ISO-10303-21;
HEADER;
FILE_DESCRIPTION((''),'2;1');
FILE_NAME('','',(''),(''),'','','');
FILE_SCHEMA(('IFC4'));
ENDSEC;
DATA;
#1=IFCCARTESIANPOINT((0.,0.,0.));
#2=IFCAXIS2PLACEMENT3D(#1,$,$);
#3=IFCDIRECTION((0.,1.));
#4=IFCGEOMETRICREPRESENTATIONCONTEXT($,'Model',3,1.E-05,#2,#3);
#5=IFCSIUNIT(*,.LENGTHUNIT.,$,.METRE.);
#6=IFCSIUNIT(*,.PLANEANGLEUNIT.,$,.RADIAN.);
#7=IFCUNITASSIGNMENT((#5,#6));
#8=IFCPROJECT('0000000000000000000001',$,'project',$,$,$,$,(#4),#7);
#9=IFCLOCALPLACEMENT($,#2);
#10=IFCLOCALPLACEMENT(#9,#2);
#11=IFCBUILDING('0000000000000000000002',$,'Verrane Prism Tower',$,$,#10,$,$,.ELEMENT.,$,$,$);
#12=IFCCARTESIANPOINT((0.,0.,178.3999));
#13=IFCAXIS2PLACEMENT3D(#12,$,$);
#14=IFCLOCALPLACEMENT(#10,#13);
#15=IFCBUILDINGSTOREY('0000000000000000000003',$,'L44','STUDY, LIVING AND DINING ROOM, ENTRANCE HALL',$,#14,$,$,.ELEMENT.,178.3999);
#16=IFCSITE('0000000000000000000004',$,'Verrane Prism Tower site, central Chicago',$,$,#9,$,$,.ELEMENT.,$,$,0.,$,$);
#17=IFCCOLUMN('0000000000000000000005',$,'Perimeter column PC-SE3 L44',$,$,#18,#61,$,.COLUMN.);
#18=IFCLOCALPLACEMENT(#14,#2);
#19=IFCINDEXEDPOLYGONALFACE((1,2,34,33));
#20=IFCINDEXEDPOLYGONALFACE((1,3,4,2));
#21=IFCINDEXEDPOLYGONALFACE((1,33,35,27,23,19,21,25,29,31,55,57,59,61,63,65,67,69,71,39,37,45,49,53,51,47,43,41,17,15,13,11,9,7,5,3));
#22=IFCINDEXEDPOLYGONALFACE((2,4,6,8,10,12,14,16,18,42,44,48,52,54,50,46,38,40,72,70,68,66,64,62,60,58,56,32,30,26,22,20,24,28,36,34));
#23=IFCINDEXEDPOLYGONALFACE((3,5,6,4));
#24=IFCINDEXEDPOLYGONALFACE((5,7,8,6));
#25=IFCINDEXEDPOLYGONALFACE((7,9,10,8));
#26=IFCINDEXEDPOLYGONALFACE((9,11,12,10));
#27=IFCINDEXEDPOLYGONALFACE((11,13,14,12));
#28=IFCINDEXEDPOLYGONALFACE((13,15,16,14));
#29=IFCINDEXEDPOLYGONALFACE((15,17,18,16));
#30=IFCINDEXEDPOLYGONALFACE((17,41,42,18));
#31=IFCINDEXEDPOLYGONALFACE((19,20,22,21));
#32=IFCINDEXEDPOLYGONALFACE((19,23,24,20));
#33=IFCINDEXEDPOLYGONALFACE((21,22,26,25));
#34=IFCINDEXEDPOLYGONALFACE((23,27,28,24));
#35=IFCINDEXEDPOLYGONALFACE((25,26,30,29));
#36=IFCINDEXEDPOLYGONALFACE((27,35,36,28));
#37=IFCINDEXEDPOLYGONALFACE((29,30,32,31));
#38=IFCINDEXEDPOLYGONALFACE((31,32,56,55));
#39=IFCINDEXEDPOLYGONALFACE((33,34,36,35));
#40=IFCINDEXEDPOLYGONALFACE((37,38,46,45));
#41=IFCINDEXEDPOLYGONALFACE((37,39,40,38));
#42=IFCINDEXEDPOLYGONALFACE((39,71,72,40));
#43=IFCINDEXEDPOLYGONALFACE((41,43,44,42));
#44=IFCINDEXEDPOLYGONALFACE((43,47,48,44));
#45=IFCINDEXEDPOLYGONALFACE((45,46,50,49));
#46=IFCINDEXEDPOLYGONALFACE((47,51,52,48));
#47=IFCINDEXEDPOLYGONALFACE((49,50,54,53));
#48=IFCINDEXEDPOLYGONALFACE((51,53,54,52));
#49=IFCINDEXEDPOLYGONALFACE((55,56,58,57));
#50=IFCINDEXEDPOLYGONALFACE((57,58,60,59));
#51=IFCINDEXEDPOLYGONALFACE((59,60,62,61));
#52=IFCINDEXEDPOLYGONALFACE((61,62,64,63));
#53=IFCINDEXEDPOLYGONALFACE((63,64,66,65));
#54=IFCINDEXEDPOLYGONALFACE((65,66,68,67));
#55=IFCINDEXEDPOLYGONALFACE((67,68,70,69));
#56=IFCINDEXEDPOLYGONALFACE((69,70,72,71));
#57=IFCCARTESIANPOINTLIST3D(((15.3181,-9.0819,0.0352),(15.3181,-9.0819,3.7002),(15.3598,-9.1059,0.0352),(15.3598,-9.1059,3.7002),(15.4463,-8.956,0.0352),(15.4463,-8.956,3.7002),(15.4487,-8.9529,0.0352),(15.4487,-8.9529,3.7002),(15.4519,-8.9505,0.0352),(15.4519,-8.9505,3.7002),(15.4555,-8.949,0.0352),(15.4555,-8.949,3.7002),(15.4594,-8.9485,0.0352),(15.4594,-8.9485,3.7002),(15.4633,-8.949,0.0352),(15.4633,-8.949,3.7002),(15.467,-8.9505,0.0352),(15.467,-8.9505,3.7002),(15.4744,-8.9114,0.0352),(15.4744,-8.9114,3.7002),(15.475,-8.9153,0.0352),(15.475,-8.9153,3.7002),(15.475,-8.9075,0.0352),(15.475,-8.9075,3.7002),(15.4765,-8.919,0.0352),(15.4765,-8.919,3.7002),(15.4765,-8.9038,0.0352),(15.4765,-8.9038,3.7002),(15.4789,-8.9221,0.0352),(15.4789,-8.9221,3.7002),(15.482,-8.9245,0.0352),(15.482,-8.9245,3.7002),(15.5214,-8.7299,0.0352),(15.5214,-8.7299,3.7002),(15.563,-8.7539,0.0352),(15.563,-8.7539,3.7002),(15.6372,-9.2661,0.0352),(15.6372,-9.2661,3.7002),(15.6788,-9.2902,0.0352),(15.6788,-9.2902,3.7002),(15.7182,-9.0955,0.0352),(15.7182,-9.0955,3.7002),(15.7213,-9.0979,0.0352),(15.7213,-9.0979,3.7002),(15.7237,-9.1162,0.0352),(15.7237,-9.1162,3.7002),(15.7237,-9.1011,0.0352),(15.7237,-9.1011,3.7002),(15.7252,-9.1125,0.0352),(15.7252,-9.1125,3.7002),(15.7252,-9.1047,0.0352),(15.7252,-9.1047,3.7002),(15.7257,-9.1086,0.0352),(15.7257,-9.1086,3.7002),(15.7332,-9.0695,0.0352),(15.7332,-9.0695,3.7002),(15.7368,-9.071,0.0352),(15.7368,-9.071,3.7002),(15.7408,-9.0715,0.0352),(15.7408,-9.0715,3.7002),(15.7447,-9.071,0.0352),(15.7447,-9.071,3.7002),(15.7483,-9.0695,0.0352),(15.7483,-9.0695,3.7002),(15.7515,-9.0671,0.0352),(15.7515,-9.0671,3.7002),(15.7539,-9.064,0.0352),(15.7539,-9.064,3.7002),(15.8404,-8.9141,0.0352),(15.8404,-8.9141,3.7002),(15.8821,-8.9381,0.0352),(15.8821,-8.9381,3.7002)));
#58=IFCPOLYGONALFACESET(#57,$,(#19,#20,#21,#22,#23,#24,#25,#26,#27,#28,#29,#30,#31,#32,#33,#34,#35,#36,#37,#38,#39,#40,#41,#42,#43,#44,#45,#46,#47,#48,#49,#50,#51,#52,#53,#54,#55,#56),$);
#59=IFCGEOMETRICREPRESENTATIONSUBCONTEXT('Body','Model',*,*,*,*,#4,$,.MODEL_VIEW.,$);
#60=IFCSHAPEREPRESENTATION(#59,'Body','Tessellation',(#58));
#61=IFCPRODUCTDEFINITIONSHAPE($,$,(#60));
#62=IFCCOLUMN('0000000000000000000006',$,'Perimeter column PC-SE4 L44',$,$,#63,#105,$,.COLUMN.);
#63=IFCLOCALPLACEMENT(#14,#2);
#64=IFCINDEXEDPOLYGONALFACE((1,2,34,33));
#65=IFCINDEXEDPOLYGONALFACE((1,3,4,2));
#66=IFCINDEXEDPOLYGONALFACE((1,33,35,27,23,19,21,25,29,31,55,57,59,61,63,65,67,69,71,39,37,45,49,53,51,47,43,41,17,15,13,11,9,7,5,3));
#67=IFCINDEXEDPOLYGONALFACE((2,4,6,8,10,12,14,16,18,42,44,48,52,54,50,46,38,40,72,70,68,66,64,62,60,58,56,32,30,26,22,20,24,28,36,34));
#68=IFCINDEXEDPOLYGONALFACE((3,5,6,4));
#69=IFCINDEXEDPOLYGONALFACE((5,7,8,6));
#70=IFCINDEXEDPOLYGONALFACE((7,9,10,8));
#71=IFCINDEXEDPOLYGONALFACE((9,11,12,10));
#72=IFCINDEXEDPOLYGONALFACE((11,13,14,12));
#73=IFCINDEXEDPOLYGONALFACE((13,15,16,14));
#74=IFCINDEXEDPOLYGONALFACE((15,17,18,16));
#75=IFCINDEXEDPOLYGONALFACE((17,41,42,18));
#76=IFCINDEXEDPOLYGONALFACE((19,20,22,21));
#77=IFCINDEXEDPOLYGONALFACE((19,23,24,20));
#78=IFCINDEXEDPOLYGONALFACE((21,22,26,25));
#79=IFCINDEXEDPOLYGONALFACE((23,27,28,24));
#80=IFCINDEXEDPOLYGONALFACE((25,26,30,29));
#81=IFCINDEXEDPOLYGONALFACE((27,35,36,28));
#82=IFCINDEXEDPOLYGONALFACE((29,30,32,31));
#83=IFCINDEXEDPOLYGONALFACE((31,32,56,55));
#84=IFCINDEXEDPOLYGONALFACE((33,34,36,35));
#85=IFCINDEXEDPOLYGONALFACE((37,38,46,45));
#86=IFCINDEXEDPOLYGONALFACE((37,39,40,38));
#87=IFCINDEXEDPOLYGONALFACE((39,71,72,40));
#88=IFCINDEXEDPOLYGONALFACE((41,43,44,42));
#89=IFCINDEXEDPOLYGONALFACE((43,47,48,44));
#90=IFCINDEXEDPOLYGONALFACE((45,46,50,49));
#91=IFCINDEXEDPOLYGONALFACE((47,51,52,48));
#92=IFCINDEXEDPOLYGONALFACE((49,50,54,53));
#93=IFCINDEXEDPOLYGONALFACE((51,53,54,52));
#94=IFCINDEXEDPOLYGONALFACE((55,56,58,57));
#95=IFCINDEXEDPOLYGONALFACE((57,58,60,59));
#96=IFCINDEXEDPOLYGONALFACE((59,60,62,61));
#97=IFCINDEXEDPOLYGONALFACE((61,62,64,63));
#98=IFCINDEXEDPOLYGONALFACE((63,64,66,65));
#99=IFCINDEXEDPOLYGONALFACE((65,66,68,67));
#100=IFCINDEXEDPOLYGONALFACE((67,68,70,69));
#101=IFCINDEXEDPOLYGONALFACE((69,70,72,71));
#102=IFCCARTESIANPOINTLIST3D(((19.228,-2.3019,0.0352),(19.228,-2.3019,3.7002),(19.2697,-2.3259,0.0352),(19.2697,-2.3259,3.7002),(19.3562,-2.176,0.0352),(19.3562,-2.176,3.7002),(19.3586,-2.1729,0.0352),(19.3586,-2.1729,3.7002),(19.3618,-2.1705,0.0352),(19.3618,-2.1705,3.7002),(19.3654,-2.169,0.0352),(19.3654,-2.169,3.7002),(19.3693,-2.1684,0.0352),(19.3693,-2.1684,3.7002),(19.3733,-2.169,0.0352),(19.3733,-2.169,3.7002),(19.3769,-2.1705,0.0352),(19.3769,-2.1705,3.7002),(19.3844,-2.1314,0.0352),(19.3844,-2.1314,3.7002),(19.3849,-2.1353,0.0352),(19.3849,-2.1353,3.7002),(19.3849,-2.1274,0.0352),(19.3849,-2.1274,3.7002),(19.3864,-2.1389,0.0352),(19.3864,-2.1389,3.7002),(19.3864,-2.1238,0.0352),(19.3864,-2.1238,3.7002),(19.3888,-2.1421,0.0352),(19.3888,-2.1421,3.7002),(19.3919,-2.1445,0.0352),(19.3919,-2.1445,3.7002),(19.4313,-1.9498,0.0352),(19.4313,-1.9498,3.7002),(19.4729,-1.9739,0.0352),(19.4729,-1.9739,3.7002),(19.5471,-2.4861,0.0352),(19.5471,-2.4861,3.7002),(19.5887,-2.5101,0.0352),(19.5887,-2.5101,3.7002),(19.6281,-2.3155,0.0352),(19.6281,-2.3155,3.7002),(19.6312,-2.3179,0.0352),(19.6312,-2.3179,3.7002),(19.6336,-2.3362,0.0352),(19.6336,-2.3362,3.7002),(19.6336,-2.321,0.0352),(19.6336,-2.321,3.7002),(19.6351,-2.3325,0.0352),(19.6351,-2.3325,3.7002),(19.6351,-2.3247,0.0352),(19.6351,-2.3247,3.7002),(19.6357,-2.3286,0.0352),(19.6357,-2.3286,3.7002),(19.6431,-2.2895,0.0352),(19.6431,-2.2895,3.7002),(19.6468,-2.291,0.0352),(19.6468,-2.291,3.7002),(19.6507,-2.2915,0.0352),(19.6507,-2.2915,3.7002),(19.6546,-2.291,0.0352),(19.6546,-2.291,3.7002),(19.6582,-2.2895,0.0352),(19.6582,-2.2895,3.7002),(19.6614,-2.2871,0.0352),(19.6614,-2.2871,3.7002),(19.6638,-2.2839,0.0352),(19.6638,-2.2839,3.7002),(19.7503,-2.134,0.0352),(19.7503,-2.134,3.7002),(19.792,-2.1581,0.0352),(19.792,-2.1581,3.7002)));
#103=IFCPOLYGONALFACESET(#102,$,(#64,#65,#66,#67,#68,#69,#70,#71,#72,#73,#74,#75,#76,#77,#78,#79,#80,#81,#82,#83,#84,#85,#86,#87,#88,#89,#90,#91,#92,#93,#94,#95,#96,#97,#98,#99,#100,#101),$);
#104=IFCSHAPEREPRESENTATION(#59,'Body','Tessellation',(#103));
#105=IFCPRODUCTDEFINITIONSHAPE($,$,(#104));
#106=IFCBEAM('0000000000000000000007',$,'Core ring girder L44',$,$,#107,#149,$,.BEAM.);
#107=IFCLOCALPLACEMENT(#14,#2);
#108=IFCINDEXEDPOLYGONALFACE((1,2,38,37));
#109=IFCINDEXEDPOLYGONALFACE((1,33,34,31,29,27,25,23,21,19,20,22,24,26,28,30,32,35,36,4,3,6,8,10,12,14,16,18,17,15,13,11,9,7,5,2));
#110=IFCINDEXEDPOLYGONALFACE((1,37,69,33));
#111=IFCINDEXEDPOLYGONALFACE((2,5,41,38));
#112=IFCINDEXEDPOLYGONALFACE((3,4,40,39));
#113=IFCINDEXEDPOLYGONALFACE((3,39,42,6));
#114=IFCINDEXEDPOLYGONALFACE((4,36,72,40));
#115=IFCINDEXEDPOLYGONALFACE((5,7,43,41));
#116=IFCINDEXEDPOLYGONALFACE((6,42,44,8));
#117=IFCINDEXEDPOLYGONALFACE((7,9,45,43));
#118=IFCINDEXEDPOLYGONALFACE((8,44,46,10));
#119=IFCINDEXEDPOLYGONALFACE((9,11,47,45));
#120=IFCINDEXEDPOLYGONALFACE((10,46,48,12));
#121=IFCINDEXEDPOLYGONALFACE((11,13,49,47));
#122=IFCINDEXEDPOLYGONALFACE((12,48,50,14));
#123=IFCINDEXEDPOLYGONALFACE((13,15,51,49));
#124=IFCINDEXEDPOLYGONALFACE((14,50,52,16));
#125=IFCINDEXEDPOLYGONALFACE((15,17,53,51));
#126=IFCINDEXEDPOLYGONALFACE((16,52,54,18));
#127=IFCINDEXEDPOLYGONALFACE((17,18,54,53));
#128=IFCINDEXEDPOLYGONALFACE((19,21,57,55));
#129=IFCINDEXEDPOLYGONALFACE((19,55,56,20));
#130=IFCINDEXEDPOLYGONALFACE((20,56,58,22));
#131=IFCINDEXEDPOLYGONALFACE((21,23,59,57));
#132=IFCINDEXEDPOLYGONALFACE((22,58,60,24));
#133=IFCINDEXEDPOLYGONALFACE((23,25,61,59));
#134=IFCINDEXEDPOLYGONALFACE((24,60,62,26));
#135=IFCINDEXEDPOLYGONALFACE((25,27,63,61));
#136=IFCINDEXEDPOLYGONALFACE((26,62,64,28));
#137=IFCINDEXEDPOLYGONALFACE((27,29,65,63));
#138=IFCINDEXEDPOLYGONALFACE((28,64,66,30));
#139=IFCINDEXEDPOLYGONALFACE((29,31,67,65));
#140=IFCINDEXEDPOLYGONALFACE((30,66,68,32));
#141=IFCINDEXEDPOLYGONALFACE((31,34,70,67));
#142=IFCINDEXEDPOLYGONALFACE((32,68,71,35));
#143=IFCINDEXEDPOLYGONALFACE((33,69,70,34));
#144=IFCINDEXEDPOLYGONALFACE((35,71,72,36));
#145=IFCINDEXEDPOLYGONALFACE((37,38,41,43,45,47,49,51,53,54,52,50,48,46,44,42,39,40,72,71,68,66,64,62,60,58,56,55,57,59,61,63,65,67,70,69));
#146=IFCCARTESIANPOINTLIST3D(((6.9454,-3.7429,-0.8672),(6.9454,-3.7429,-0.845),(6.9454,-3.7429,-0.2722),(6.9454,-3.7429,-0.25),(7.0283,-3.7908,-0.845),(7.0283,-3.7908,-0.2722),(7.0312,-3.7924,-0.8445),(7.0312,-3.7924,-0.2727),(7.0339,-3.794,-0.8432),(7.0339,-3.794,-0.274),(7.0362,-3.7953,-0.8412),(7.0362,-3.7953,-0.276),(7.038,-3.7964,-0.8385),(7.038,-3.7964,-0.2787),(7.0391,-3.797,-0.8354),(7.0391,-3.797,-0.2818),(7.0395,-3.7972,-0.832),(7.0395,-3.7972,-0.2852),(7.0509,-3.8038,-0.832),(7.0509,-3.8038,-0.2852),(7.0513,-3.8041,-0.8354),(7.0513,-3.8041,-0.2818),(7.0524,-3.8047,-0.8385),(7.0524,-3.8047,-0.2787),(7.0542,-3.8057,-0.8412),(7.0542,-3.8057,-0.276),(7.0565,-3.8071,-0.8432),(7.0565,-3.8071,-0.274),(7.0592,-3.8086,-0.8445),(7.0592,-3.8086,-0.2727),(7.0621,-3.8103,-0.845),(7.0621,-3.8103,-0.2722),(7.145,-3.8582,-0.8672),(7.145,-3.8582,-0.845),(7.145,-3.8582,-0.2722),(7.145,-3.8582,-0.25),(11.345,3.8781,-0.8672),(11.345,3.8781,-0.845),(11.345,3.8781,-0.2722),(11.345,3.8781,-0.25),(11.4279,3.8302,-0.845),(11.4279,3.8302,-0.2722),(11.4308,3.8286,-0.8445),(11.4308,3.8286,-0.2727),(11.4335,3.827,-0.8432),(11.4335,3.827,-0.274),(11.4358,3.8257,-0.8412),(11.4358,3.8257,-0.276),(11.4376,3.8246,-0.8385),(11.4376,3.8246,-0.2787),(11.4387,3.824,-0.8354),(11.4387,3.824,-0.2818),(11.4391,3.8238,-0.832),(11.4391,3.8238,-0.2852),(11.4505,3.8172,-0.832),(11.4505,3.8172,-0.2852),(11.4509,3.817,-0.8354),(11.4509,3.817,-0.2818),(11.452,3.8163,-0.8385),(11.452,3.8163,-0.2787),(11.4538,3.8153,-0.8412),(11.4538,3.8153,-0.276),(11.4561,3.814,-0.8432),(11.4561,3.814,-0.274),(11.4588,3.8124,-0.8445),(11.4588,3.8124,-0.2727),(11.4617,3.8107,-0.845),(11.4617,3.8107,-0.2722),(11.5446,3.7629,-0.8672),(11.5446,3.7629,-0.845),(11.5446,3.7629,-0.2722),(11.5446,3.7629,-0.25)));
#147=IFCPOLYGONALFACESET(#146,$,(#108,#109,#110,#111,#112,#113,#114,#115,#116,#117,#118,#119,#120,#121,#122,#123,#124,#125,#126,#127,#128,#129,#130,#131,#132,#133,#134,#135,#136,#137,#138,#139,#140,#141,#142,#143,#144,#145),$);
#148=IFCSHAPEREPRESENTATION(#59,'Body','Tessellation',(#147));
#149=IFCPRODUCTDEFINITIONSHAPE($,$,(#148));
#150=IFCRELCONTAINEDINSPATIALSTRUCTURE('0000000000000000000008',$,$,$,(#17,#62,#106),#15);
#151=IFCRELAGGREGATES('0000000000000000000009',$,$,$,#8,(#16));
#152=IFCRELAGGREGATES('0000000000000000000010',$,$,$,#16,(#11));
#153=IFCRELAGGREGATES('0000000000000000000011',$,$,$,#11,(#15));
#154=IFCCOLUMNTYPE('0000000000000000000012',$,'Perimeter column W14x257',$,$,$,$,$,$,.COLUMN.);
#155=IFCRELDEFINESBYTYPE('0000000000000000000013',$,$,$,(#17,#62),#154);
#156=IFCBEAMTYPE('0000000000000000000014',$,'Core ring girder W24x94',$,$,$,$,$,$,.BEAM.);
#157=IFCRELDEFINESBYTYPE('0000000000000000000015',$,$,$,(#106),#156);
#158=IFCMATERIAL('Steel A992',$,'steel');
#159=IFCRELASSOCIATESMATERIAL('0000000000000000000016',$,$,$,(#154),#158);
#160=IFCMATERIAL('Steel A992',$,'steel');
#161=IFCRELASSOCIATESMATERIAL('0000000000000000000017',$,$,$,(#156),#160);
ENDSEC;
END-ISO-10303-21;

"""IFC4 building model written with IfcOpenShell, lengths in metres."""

from ifc_helpers import new_model, si_unit, direction, frame, origin, origin_2d, place, context, subcontext, project, spatial, i_section, extrude, material, material_profile, profile_set, type_object, element, save


model = new_model("IFC4")

# Units and contexts
model_context = context("Model", 3, precision=1e-05, world=origin(), true_north=direction((0.0, 1.0)))
body_context = subcontext(model_context, "Body", "Model", "MODEL_VIEW")
ifc_project = project(units=[si_unit("LENGTHUNIT", "METRE"), si_unit("PLANEANGLEUNIT", "RADIAN")], contexts=[model_context])

# Site, building, storey
site_placement = place(None, origin())
site = spatial("IfcSite", under=ifc_project, at=site_placement, Name="Verrane Prism Tower site, central Chicago", CompositionType="ELEMENT", RefElevation=0.0)
building_placement = place(site_placement, origin())
building = spatial("IfcBuilding", under=site, at=building_placement, Name="Verrane Prism Tower", CompositionType="ELEMENT")
storey_placement = place(building_placement, frame((0.0, 0.0, 178.3999)))
storey = spatial("IfcBuildingStorey", under=building, at=storey_placement, Name="L44", Description="STUDY, LIVING AND DINING ROOM, ENTRANCE HALL", CompositionType="ELEMENT", Elevation=178.3999)

# Columns
ifc_material_1 = material(Name="Steel A992", Category="steel")
ifc_material_profile_1 = material_profile(ifc_material_1, i_section(OverallWidth=0.4065, OverallDepth=0.4165, WebThickness=0.03, FlangeThickness=0.0481, FilletRadius=0.0151, at=origin_2d()), Name="W14x257")
ifc_profile_set_1 = profile_set([ifc_material_profile_1], Name="Steel A992")
column_type = type_object("IfcColumnType", Name="Perimeter column W14x257", PredefinedType="COLUMN", material=ifc_profile_set_1)
for number, where, z_axis, x_axis, name in (
    (1, (15.6001, -9.01, 0.0352), (0.0, 0.0, 1.0), (-0.5, -0.866025, 0.0), "Perimeter column PC-SE3 L44"),
    (2, (19.51, -2.23, 0.0352), (0.0, 0.0, 1.0), (-0.5, -0.866025, 0.0), "Perimeter column PC-SE4 L44"),
):
    element("IfcColumn", number, at=place(storey_placement, frame(where, z_axis=z_axis, x_axis=x_axis)), inside=storey, type_object=column_type, Name=name, PredefinedType="COLUMN", context=body_context, shape_type="SweptSolid", body=[
        extrude(i_section(OverallWidth=0.4065, OverallDepth=0.4165, WebThickness=0.03, FlangeThickness=0.0481, FilletRadius=0.0151, at=origin_2d()), origin(), (0.0, 0.0, 1.0), 3.665),
    ])

# Beam
ifc_material_2 = material(Name="Steel A992", Category="steel")
ifc_material_profile_2 = material_profile(ifc_material_2, i_section(OverallWidth=0.2305, OverallDepth=0.6172, WebThickness=0.0132, FlangeThickness=0.0222, FilletRadius=0.0129, at=origin_2d()), Name="W24x94")
ifc_profile_set_2 = profile_set([ifc_material_profile_2], Name="Steel A992")
beam_type_1 = type_object("IfcBeamType", Name="Core ring girder W24x94", PredefinedType="BEAM", material=ifc_profile_set_2)
beam_1_placement = place(storey_placement, frame((7.0452, -3.8005, -0.5586), z_axis=(0.499967, 0.866044, 0.0), x_axis=(-0.866044, 0.499967, 0.0)))
element("IfcBeam", 3, at=beam_1_placement, inside=storey, type_object=beam_type_1, Name="Core ring girder L44", PredefinedType="BEAM", context=body_context, shape_type="SweptSolid", body=[
    extrude(i_section(OverallWidth=0.2305, OverallDepth=0.6172, WebThickness=0.0132, FlangeThickness=0.0222, FilletRadius=0.0129, at=origin_2d()), origin(), (0.0, 0.0, 1.0), 8.7998),
])

save(model, "model.ifc")
